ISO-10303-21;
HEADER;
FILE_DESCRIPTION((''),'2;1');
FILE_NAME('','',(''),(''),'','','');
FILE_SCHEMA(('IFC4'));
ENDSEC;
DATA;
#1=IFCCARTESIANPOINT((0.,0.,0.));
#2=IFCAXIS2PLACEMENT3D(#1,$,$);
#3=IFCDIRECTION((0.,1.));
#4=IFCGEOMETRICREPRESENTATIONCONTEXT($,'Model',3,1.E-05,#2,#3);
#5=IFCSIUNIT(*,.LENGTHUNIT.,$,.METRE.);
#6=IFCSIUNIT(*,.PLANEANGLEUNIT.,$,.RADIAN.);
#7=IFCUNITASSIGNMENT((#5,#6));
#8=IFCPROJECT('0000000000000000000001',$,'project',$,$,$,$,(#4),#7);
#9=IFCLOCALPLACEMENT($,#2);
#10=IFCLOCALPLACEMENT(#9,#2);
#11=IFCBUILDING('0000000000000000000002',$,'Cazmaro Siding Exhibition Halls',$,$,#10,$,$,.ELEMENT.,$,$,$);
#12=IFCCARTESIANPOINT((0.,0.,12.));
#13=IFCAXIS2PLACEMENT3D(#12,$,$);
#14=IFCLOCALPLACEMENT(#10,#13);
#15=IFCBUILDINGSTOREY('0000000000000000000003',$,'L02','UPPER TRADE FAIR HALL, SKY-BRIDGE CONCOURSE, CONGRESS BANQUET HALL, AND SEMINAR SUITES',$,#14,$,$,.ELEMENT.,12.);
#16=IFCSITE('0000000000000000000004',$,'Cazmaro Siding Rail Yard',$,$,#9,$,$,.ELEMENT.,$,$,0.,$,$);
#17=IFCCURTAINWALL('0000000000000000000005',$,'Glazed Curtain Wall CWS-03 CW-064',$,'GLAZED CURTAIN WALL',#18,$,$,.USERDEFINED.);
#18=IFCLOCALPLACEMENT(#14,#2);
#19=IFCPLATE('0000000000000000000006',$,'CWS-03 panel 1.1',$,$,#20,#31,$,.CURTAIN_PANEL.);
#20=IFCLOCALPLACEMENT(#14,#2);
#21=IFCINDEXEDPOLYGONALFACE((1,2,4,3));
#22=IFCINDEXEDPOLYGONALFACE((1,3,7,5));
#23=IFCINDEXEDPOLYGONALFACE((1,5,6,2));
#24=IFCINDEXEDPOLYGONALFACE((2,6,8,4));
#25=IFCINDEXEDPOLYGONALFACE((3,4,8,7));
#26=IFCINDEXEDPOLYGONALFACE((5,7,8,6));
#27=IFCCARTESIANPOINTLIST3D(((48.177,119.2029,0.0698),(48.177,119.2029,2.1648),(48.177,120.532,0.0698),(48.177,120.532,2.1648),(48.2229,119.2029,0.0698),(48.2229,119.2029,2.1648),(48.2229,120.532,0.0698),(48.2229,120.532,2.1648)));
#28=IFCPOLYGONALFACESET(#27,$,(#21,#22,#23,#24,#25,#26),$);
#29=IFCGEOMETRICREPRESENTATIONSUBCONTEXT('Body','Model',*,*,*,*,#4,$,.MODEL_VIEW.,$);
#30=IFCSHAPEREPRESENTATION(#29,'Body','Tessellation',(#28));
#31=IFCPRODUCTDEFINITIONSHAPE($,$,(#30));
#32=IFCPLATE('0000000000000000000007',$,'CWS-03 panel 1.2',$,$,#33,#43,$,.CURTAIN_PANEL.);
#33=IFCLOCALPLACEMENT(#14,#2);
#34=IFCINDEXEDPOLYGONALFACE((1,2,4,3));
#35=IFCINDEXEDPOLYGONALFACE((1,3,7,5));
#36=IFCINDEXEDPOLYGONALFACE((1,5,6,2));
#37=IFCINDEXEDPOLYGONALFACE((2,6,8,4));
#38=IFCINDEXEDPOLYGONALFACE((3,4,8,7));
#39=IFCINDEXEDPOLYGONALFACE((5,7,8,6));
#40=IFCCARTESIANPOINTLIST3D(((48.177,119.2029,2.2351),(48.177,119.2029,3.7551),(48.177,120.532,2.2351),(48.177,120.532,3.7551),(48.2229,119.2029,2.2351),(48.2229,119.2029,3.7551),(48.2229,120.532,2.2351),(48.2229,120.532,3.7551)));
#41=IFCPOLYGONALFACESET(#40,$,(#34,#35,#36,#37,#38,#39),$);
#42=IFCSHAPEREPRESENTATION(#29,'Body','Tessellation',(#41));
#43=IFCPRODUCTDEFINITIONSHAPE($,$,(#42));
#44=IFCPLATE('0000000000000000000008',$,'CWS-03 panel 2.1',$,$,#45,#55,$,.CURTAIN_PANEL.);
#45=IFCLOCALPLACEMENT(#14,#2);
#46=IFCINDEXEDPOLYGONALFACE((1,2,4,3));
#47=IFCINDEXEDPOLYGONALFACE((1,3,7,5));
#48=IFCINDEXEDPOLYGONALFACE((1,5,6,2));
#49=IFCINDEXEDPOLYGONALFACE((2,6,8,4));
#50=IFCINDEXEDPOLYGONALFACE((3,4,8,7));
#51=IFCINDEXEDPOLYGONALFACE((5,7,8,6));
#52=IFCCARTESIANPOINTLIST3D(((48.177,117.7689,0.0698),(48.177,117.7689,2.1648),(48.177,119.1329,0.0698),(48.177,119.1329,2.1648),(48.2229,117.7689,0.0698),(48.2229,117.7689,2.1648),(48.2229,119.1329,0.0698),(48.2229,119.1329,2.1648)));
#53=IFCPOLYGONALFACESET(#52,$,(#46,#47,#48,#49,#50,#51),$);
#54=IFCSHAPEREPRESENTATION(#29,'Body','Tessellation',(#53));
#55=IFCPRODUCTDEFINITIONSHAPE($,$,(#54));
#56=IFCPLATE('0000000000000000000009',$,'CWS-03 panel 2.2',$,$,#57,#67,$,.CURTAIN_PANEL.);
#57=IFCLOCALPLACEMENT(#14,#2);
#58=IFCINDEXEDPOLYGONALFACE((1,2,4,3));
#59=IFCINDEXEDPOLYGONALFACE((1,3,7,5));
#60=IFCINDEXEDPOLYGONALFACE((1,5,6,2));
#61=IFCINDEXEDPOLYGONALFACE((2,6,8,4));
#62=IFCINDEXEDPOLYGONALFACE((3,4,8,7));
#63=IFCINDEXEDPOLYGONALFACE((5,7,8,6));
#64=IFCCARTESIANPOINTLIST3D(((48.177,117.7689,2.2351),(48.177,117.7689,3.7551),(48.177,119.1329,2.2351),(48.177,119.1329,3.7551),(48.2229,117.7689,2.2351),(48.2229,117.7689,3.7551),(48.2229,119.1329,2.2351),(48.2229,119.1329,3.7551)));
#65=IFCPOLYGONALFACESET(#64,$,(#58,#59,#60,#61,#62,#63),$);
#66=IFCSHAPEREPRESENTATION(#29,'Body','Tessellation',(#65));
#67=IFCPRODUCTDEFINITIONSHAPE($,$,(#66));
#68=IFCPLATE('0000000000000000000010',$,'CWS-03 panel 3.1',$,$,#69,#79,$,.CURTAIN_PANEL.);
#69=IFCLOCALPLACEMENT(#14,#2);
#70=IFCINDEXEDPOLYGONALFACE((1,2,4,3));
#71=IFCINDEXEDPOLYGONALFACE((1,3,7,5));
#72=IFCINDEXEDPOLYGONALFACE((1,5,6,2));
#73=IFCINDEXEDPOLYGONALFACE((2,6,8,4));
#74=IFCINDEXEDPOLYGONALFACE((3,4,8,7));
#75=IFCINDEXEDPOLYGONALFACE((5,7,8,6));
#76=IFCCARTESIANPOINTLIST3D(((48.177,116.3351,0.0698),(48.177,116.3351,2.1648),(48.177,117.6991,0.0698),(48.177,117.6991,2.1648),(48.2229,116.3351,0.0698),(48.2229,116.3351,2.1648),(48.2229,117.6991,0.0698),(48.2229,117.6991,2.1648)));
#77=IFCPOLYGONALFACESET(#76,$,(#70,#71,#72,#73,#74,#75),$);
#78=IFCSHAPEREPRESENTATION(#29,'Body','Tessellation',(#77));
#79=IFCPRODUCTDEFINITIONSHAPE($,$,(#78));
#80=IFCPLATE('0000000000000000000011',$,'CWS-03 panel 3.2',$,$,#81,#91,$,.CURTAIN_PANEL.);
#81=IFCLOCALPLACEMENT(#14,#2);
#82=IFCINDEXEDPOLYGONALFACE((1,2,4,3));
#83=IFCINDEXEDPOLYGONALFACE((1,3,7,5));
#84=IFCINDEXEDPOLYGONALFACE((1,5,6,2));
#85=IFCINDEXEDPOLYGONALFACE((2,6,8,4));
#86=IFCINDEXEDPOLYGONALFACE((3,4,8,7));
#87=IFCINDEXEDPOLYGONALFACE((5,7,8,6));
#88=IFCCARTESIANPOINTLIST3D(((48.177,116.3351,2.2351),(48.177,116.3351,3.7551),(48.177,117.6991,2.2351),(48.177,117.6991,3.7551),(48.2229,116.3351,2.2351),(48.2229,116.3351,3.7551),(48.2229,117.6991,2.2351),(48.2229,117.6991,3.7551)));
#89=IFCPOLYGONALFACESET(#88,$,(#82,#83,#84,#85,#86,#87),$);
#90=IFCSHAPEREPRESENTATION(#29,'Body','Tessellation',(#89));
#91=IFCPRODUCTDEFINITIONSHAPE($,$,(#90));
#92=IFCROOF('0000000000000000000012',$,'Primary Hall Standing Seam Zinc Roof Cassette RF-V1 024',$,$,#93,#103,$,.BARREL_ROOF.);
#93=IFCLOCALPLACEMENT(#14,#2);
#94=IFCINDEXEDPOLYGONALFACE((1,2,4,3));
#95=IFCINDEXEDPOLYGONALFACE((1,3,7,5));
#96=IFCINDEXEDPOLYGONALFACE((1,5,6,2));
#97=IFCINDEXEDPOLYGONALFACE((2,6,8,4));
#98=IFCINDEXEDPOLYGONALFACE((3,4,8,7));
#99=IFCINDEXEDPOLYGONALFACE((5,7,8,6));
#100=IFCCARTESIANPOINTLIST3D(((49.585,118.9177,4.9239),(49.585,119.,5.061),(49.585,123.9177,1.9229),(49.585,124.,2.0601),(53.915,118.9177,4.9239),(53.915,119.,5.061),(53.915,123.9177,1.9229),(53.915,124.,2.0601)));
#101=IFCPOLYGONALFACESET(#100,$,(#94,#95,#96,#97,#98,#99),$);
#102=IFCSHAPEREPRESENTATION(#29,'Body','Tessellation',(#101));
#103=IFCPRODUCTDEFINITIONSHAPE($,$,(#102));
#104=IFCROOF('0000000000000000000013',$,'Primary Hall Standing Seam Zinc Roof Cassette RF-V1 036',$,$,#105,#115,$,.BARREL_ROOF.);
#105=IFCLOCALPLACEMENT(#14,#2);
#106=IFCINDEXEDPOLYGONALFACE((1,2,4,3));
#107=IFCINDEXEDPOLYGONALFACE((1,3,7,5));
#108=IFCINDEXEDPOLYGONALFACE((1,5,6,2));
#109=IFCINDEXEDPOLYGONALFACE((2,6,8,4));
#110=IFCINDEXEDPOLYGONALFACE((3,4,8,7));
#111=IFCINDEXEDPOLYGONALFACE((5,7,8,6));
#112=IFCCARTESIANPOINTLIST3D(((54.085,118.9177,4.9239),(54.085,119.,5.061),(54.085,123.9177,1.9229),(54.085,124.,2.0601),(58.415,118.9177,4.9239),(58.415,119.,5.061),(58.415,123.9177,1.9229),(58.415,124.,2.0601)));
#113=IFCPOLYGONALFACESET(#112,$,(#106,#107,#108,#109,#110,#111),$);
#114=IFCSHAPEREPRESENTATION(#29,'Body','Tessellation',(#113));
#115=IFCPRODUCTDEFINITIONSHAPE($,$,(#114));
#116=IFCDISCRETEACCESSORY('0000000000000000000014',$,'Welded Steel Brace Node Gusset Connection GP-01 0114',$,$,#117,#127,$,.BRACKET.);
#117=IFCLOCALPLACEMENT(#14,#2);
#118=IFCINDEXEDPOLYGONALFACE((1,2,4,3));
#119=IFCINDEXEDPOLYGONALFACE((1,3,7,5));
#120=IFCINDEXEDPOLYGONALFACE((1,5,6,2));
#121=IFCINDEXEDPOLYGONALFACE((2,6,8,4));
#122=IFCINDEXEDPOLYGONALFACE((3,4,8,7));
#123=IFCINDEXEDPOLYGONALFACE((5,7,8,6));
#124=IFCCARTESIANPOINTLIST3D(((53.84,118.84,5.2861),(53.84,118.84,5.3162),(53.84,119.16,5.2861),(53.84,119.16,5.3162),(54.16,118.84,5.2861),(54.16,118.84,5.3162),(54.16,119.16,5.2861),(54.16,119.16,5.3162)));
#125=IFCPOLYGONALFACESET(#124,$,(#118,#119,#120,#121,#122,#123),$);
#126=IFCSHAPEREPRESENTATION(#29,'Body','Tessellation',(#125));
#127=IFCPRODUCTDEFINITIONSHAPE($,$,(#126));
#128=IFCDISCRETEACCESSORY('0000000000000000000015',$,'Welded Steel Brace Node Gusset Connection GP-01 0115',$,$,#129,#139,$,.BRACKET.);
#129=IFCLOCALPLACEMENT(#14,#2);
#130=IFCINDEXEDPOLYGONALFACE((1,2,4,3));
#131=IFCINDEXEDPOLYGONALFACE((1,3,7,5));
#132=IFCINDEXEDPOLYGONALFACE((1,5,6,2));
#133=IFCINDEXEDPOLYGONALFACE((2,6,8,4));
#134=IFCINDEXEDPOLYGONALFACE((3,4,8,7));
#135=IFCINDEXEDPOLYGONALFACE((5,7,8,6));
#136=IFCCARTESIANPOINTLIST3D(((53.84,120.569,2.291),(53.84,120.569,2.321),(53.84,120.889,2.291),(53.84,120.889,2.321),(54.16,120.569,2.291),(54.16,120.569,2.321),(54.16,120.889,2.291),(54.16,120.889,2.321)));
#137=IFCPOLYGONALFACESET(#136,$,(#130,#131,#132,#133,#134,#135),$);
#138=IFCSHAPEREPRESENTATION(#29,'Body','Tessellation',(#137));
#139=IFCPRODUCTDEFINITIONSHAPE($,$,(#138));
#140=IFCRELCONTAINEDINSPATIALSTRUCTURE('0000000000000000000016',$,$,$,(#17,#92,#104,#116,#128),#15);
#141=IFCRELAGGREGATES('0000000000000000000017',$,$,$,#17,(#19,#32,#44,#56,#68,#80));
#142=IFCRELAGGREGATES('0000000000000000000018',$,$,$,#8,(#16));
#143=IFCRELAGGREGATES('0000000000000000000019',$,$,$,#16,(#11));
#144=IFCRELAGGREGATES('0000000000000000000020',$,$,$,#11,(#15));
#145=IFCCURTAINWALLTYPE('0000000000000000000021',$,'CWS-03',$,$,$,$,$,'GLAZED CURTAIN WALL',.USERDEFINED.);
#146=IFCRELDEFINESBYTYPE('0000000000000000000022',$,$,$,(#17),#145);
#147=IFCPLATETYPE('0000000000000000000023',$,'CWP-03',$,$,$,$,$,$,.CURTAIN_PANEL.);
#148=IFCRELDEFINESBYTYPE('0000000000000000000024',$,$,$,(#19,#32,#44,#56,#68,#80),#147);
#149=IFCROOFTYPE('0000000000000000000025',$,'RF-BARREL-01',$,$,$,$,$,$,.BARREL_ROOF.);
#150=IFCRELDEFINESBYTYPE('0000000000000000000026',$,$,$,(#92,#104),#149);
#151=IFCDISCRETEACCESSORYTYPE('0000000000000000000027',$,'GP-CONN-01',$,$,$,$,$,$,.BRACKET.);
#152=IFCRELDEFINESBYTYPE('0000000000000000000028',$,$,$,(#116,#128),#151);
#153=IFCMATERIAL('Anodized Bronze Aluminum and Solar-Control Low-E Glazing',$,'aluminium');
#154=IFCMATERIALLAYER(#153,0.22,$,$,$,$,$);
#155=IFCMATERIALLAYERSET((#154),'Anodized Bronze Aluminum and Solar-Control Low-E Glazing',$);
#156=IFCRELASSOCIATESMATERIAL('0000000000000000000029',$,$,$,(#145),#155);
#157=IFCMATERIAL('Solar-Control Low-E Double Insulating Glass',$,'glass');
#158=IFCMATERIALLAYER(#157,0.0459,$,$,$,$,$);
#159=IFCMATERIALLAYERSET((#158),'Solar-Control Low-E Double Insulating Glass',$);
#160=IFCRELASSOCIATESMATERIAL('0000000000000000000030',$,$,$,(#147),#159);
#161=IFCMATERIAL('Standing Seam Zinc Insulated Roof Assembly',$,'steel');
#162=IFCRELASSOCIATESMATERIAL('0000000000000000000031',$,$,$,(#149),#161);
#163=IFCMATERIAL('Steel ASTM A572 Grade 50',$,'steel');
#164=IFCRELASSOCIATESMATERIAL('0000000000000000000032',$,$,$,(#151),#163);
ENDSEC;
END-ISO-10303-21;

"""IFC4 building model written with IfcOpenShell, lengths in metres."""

from ifc_helpers import new_model, si_unit, direction, frame, origin, origin_2d, place, context, subcontext, project, spatial, polyline, rectangle, outline, extrude, material, layer, layer_set, type_object, element, aggregate, save


model = new_model("IFC4")

# Units and contexts
model_context = context("Model", 3, precision=1e-05, world=origin(), true_north=direction((0.0, 1.0)))
body_context = subcontext(model_context, "Body", "Model", "MODEL_VIEW")
ifc_project = project(units=[si_unit("LENGTHUNIT", "METRE"), si_unit("PLANEANGLEUNIT", "RADIAN")], contexts=[model_context])

# Site, building, storey
site_placement = place(None, origin())
site = spatial("IfcSite", under=ifc_project, at=site_placement, Name="Cazmaro Siding Rail Yard", CompositionType="ELEMENT", RefElevation=0.0)
building_placement = place(site_placement, origin())
building = spatial("IfcBuilding", under=site, at=building_placement, Name="Cazmaro Siding Exhibition Halls", CompositionType="ELEMENT")
storey_placement = place(building_placement, frame((0.0, 0.0, 12.0)))
storey = spatial("IfcBuildingStorey", under=building, at=storey_placement, Name="L02", Description="UPPER TRADE FAIR HALL, SKY-BRIDGE CONCOURSE, CONGRESS BANQUET HALL, AND SEMINAR SUITES", CompositionType="ELEMENT", Elevation=12.0)

# Curtain wall
ifc_material_1 = material(Name="Anodized Bronze Aluminum and Solar-Control Low-E Glazing", Category="aluminium")
ifc_layer_1 = layer(ifc_material_1, 0.22)
ifc_layer_set_1 = layer_set([ifc_layer_1], Name="Anodized Bronze Aluminum and Solar-Control Low-E Glazing")
curtain_wall_type_1 = type_object("IfcCurtainWallType", Name="CWS-03", ElementType="GLAZED CURTAIN WALL", PredefinedType="USERDEFINED", material=ifc_layer_set_1)
curtain_wall_1_placement = place(storey_placement, origin())
curtain_wall_1 = element("IfcCurtainWall", 1, at=curtain_wall_1_placement, inside=storey, type_object=curtain_wall_type_1, Name="Glazed Curtain Wall CWS-03 CW-064", ObjectType="GLAZED CURTAIN WALL", PredefinedType="USERDEFINED")

# Plates
ifc_material_2 = material(Name="Solar-Control Low-E Double Insulating Glass", Category="glass")
ifc_layer_2 = layer(ifc_material_2, 0.0459)
ifc_layer_set_2 = layer_set([ifc_layer_2], Name="Solar-Control Low-E Double Insulating Glass")
plate_type = type_object("IfcPlateType", Name="CWP-03", PredefinedType="CURTAIN_PANEL", material=ifc_layer_set_2)
plate_1_placement = place(storey_placement, frame((48.2, 119.8674, 0.0698), z_axis=(0.0, 0.0, 1.0), x_axis=(0.0, -1.0, 0.0)))
plate_1 = element("IfcPlate", 2, at=plate_1_placement, type_object=plate_type, Name="CWS-03 panel 1.1", PredefinedType="CURTAIN_PANEL", context=body_context, shape_type="SweptSolid", body=[
    extrude(rectangle(XDim=1.3291, YDim=0.0459, at=origin_2d()), origin(), (0.0, 0.0, 1.0), 2.095),
])
plate_2_placement = place(storey_placement, frame((48.2, 119.8674, 2.2351), z_axis=(0.0, 0.0, 1.0), x_axis=(0.0, -1.0, 0.0)))
plate_2 = element("IfcPlate", 3, at=plate_2_placement, type_object=plate_type, Name="CWS-03 panel 1.2", PredefinedType="CURTAIN_PANEL", context=body_context, shape_type="SweptSolid", body=[
    extrude(rectangle(XDim=1.3291, YDim=0.0459, at=origin_2d()), origin(), (0.0, 0.0, 1.0), 1.52),
])
plate_3_placement = place(storey_placement, frame((48.2, 118.4509, 0.0698), z_axis=(0.0, 0.0, 1.0), x_axis=(0.0, -1.0, 0.0)))
plate_3 = element("IfcPlate", 4, at=plate_3_placement, type_object=plate_type, Name="CWS-03 panel 2.1", PredefinedType="CURTAIN_PANEL", context=body_context, shape_type="SweptSolid", body=[
    extrude(rectangle(XDim=1.364, YDim=0.0459, at=origin_2d()), origin(), (0.0, 0.0, 1.0), 2.095),
])
plate_4_placement = place(storey_placement, frame((48.2, 118.4509, 2.2351), z_axis=(0.0, 0.0, 1.0), x_axis=(0.0, -1.0, 0.0)))
plate_4 = element("IfcPlate", 5, at=plate_4_placement, type_object=plate_type, Name="CWS-03 panel 2.2", PredefinedType="CURTAIN_PANEL", context=body_context, shape_type="SweptSolid", body=[
    extrude(rectangle(XDim=1.364, YDim=0.0459, at=origin_2d()), origin(), (0.0, 0.0, 1.0), 1.52),
])
plate_5_placement = place(storey_placement, frame((48.2, 117.0171, 0.0698), z_axis=(0.0, 0.0, 1.0), x_axis=(0.0, -1.0, 0.0)))
plate_5 = element("IfcPlate", 6, at=plate_5_placement, type_object=plate_type, Name="CWS-03 panel 3.1", PredefinedType="CURTAIN_PANEL", context=body_context, shape_type="SweptSolid", body=[
    extrude(rectangle(XDim=1.364, YDim=0.0459, at=origin_2d()), origin(), (0.0, 0.0, 1.0), 2.095),
])
plate_6_placement = place(storey_placement, frame((48.2, 117.0171, 2.2351), z_axis=(0.0, 0.0, 1.0), x_axis=(0.0, -1.0, 0.0)))
plate_6 = element("IfcPlate", 7, at=plate_6_placement, type_object=plate_type, Name="CWS-03 panel 3.2", PredefinedType="CURTAIN_PANEL", context=body_context, shape_type="SweptSolid", body=[
    extrude(rectangle(XDim=1.364, YDim=0.0459, at=origin_2d()), origin(), (0.0, 0.0, 1.0), 1.52),
])
aggregate(curtain_wall_1, [plate_1, plate_2, plate_3, plate_4, plate_5, plate_6])

# Roofs
ifc_material_3 = material(Name="Standing Seam Zinc Insulated Roof Assembly", Category="steel")
roof_type = type_object("IfcRoofType", Name="RF-BARREL-01", PredefinedType="BARREL_ROOF", material=ifc_material_3)
for number, where, z_axis, x_axis, name in (
    (8, (49.585, 119.0, 5.061), (0.0, 0.514619, 0.857419), (1.0, 0.0, 0.0), "Primary Hall Standing Seam Zinc Roof Cassette RF-V1 024"),
    (9, (54.085, 119.0, 5.061), (0.0, 0.514619, 0.857419), (1.0, 0.0, 0.0), "Primary Hall Standing Seam Zinc Roof Cassette RF-V1 036"),
):
    element("IfcRoof", number, at=place(storey_placement, frame(where, z_axis=z_axis, x_axis=x_axis)), inside=storey, type_object=roof_type, Name=name, PredefinedType="BARREL_ROOF", context=body_context, shape_type="SweptSolid", body=[
        extrude(outline(polyline([(0.0, 0.0), (4.3301, 0.0), (4.3301, 5.8315), (0.0, 5.8315), (0.0, 0.0)])), origin(), (0.0, 0.0, -1.0), 0.1599),
    ])

# Discrete accessories
ifc_material_4 = material(Name="Steel ASTM A572 Grade 50", Category="steel")
discrete_accessory_type = type_object("IfcDiscreteAccessoryType", Name="GP-CONN-01", PredefinedType="BRACKET", material=ifc_material_4)
for number, where, z_axis, x_axis, name in (
    (10, (54.0, 119.0, 5.2861), (0.0, 0.0, 1.0), (1.0, 0.0, 0.0), "Welded Steel Brace Node Gusset Connection GP-01 0114"),
    (11, (54.0, 120.729, 2.291), (0.0, 0.0, 1.0), (1.0, 0.0, 0.0), "Welded Steel Brace Node Gusset Connection GP-01 0115"),
):
    element("IfcDiscreteAccessory", number, at=place(storey_placement, frame(where, z_axis=z_axis, x_axis=x_axis)), inside=storey, type_object=discrete_accessory_type, Name=name, PredefinedType="BRACKET", context=body_context, shape_type="SweptSolid", body=[
        extrude(rectangle(XDim=0.3201, YDim=0.3201, at=origin_2d()), origin(), (0.0, 0.0, 1.0), 0.03),
    ])

save(model, "model.ifc")
